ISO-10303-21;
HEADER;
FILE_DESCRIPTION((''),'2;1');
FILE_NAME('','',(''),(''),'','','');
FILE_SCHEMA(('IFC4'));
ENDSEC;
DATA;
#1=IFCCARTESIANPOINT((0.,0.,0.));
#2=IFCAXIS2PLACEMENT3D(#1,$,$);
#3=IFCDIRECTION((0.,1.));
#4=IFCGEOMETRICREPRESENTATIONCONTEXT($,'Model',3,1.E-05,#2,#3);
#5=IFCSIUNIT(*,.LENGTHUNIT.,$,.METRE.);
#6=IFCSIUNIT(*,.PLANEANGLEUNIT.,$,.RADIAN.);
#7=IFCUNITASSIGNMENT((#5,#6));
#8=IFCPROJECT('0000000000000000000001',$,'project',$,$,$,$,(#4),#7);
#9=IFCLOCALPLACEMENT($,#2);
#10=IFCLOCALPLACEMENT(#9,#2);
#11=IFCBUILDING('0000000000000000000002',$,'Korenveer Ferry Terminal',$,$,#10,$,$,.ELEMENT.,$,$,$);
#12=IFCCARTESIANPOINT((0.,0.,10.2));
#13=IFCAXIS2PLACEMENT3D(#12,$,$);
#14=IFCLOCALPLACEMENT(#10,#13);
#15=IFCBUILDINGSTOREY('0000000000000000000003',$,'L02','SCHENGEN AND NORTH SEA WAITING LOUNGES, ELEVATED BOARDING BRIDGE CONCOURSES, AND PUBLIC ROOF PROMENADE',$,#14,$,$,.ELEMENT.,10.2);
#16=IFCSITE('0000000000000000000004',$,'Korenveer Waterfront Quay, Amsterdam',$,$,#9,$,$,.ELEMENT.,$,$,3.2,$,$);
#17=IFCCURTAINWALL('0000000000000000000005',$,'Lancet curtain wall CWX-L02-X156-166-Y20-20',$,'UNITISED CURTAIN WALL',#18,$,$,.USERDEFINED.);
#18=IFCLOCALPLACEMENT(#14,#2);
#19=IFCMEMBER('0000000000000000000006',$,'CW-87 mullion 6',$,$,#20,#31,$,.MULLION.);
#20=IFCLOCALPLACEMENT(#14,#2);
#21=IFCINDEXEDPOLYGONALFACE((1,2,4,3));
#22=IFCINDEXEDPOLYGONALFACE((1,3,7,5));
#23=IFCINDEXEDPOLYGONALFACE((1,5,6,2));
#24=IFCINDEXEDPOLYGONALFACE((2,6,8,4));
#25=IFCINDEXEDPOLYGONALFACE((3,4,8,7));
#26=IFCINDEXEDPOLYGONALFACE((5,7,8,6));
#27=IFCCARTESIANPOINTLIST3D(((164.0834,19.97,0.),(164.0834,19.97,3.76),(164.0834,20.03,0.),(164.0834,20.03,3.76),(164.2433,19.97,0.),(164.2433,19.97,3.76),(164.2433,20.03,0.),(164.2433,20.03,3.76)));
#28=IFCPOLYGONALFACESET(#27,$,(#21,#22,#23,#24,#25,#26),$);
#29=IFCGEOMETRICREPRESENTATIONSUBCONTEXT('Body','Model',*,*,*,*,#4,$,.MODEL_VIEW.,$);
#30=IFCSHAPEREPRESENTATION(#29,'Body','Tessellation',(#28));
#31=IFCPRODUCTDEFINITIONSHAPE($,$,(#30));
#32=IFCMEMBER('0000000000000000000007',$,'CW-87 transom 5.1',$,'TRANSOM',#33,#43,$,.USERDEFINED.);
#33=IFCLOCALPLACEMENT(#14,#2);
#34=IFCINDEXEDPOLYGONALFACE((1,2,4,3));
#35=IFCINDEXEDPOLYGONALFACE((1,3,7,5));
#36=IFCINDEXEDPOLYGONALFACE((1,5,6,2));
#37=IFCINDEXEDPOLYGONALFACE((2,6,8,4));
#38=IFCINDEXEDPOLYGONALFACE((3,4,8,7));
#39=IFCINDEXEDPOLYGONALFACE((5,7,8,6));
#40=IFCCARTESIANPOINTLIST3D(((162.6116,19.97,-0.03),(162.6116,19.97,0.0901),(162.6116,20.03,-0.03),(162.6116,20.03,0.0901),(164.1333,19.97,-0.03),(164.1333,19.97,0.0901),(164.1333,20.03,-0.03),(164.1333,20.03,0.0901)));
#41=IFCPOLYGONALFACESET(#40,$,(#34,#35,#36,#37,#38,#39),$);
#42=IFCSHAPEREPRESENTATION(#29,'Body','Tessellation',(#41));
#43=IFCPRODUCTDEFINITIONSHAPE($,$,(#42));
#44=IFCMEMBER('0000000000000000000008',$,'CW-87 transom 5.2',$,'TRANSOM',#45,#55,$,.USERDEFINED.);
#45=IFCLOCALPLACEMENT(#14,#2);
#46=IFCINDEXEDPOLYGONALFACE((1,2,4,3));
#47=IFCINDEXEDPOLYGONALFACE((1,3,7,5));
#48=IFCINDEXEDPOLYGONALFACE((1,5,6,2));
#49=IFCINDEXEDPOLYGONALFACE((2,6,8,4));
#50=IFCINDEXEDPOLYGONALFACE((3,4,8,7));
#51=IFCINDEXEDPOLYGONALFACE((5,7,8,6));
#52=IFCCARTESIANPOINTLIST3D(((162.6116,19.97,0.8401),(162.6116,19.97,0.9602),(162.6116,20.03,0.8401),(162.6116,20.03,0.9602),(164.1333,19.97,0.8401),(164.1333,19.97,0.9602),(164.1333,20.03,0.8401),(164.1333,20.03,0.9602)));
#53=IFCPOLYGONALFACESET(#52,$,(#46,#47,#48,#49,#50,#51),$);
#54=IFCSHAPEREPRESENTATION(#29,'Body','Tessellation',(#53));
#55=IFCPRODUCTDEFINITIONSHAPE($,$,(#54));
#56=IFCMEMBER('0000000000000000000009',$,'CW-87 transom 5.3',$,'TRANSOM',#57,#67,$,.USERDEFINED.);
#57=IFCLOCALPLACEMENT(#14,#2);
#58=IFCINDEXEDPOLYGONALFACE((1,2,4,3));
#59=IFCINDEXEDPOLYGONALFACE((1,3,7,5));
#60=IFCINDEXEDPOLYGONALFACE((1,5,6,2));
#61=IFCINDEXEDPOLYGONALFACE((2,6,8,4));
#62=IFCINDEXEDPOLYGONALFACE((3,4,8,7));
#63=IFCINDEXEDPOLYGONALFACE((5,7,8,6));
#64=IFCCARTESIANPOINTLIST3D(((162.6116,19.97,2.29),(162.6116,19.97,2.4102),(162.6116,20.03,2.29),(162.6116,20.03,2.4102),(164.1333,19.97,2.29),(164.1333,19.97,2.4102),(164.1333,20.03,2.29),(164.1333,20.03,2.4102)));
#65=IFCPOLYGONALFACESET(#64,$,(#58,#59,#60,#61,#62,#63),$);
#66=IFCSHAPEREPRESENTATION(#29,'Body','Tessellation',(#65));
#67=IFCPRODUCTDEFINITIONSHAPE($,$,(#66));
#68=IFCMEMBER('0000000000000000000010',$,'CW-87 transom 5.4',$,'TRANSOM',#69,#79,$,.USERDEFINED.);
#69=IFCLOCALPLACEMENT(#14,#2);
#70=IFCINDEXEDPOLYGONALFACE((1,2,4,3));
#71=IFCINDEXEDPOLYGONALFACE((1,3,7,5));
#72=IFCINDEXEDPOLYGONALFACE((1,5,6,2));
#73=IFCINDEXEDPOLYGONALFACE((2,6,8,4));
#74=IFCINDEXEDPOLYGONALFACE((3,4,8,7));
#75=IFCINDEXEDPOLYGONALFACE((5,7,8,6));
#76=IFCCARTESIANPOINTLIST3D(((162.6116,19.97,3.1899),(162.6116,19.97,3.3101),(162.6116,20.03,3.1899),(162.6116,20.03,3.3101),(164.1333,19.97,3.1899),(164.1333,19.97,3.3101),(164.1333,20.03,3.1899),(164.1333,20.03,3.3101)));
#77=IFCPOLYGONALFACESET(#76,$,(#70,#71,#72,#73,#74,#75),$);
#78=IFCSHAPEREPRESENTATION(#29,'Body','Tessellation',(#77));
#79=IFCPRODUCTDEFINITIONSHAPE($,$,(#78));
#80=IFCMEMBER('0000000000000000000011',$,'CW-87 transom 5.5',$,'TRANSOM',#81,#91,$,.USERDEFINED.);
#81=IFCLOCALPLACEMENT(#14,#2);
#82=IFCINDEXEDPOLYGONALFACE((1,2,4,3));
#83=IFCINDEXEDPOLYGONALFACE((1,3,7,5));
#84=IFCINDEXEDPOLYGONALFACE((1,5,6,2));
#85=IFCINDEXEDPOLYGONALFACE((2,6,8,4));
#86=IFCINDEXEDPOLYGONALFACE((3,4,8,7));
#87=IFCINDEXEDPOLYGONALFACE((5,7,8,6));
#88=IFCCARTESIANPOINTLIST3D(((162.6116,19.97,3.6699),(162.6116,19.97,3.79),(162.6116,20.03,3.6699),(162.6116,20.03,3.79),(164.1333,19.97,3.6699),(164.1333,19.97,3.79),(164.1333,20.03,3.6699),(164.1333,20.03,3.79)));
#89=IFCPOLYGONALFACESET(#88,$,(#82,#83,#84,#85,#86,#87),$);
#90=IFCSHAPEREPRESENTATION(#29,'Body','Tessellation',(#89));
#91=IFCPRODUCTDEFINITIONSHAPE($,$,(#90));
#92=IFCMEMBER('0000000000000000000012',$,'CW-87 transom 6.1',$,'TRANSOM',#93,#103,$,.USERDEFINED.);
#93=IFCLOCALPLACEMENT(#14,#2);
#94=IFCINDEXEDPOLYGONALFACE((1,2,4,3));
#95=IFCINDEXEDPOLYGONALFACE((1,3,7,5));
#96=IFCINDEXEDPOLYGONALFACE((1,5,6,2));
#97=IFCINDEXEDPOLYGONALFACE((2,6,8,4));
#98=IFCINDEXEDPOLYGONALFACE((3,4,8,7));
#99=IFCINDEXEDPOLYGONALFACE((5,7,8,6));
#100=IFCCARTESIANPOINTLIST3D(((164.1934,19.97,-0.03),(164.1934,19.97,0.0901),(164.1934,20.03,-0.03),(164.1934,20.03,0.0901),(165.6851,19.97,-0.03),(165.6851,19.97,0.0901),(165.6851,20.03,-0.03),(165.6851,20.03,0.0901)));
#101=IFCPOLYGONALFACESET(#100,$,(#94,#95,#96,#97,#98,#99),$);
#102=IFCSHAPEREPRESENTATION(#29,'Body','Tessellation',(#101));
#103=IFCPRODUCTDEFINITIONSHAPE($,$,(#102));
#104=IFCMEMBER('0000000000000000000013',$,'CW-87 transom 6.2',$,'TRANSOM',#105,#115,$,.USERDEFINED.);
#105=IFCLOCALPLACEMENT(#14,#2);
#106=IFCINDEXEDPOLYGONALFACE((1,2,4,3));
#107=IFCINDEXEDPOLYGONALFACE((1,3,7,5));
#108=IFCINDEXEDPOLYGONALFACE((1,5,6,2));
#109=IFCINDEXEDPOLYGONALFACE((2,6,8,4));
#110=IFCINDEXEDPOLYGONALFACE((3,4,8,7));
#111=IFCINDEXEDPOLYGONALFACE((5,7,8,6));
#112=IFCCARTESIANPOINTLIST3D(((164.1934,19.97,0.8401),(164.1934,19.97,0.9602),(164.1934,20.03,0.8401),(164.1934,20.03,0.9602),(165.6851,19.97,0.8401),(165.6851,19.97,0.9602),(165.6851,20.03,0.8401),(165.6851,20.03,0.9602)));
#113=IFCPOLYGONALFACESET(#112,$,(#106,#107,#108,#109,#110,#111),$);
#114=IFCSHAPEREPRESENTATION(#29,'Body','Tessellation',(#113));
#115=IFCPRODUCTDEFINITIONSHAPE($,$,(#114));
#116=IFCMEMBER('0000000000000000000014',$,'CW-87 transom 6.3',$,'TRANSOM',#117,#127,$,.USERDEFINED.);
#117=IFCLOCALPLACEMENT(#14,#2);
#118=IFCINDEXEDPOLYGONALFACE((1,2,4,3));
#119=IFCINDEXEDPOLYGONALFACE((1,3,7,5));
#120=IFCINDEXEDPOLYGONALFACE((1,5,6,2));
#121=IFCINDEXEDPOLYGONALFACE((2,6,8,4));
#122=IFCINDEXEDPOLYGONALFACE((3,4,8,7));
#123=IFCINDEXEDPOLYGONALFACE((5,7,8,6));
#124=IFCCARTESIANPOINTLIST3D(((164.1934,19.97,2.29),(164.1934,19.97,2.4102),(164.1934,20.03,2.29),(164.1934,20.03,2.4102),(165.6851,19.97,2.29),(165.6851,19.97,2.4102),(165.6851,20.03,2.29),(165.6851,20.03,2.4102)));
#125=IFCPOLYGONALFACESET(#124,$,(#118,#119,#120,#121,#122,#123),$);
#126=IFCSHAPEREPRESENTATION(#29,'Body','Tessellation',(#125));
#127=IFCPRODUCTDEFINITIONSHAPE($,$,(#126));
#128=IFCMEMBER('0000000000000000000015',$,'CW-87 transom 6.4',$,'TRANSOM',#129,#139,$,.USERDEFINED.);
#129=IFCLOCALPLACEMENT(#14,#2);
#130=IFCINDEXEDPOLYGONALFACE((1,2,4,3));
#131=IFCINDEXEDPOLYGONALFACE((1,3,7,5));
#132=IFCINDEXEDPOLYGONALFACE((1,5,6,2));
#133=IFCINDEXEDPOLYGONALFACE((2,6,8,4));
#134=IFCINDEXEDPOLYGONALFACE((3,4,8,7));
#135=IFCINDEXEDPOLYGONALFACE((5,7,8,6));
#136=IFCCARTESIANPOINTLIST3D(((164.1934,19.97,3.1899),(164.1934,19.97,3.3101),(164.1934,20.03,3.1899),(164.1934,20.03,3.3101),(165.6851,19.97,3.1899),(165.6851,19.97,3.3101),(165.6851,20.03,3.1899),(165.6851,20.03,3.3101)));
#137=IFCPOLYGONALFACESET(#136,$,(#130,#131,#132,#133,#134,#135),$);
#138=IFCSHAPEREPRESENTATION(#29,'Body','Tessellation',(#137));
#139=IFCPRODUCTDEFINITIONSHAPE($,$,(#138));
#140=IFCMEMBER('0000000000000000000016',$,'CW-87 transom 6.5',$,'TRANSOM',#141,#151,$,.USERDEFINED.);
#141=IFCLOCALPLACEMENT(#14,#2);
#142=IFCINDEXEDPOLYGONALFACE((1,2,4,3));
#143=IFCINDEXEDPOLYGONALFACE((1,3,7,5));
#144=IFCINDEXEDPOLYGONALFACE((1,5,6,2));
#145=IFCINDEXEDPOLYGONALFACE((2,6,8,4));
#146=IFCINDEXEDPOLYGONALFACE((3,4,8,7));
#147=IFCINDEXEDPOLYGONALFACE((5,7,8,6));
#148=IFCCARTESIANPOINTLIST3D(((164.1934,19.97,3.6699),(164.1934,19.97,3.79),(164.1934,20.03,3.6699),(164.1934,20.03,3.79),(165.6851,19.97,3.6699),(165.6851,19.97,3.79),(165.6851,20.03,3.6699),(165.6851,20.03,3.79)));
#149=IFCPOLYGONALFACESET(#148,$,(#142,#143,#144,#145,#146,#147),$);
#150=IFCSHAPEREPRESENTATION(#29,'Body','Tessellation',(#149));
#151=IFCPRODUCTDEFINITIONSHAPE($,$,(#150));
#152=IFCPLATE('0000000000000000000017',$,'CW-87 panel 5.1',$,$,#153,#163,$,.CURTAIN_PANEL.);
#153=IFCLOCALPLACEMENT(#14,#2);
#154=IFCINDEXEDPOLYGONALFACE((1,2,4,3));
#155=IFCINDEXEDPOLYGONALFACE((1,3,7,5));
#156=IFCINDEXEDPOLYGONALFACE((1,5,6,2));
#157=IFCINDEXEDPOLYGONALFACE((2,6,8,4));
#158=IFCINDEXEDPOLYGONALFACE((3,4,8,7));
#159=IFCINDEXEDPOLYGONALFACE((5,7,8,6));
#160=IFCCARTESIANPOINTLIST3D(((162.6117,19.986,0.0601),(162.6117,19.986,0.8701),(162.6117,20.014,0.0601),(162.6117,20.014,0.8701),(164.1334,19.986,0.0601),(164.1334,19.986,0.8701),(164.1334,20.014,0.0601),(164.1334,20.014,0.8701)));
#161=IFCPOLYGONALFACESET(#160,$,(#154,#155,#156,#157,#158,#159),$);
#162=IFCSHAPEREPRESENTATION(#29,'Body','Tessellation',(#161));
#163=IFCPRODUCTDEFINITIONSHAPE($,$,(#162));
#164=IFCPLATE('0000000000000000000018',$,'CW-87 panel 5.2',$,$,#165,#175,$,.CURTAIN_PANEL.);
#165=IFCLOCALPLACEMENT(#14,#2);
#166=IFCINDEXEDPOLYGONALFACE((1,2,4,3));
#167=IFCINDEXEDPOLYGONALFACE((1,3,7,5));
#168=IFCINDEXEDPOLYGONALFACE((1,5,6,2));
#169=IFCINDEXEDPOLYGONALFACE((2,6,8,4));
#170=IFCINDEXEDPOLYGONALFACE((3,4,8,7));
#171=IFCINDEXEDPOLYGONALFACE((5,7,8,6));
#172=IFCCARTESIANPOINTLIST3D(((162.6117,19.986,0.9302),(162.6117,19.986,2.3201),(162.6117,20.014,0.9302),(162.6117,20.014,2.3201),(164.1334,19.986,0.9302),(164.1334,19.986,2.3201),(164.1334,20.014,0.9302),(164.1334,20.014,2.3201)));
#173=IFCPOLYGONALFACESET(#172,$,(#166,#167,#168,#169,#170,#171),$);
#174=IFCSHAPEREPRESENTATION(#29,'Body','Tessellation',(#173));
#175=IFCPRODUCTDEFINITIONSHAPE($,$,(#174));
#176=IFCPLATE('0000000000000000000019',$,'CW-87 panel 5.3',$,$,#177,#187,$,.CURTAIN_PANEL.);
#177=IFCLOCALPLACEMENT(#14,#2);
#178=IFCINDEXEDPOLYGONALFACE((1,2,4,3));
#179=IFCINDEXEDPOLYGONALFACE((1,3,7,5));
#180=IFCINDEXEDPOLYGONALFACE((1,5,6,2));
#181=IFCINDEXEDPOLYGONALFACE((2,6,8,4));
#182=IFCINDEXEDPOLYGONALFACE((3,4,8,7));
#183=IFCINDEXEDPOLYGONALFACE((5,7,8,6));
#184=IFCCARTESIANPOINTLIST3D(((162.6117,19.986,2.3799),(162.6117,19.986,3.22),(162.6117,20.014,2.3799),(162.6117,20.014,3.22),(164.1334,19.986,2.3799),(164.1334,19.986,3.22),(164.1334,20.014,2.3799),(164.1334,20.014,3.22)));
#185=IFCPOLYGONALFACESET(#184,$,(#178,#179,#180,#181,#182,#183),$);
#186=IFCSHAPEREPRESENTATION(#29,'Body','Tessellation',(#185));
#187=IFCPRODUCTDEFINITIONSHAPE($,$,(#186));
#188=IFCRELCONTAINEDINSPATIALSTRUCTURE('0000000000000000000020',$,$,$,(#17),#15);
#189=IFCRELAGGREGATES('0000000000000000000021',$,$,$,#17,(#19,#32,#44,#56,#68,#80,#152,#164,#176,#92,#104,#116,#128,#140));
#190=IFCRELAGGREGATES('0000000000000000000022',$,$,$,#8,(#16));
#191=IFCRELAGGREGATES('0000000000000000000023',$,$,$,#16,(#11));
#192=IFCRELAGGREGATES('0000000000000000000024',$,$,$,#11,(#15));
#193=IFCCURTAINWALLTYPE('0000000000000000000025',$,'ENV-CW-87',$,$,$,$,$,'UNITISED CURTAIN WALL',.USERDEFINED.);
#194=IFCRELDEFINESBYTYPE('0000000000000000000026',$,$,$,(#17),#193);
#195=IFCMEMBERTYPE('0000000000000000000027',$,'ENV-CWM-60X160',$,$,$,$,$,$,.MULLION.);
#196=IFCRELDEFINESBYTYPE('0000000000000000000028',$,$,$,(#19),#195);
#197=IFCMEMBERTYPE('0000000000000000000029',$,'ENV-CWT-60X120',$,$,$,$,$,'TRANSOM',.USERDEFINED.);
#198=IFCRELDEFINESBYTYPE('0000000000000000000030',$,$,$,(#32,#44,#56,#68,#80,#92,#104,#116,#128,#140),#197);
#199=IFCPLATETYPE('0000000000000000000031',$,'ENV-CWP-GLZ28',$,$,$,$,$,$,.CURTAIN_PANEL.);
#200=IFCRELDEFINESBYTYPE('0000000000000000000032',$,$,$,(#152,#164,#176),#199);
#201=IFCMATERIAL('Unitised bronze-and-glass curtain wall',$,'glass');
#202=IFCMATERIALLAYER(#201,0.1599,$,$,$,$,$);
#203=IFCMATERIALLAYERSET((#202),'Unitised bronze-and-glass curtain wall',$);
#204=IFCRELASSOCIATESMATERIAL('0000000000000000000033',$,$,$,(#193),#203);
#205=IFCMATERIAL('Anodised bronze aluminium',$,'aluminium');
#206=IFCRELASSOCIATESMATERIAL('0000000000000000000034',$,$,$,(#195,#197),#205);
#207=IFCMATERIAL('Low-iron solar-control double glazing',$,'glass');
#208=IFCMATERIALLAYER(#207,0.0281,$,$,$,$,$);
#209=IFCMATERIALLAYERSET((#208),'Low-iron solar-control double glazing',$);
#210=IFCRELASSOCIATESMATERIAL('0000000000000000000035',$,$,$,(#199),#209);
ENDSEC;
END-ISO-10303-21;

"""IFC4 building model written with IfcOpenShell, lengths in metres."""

from ifc_helpers import new_model, si_unit, direction, frame, origin, origin_2d, place, context, subcontext, project, spatial, rectangle, extrude, material, layer, layer_set, material_profile, profile_set, type_object, element, aggregate, save


model = new_model("IFC4")

# Units and contexts
model_context = context("Model", 3, precision=1e-05, world=origin(), true_north=direction((0.0, 1.0)))
body_context = subcontext(model_context, "Body", "Model", "MODEL_VIEW")
ifc_project = project(units=[si_unit("LENGTHUNIT", "METRE"), si_unit("PLANEANGLEUNIT", "RADIAN")], contexts=[model_context])

# Site, building, storey
site_placement = place(None, origin())
site = spatial("IfcSite", under=ifc_project, at=site_placement, Name="Korenveer Waterfront Quay, Amsterdam", CompositionType="ELEMENT", RefElevation=3.2)
building_placement = place(site_placement, origin())
building = spatial("IfcBuilding", under=site, at=building_placement, Name="Korenveer Ferry Terminal", CompositionType="ELEMENT")
storey_placement = place(building_placement, frame((0.0, 0.0, 10.2)))
storey = spatial("IfcBuildingStorey", under=building, at=storey_placement, Name="L02", Description="SCHENGEN AND NORTH SEA WAITING LOUNGES, ELEVATED BOARDING BRIDGE CONCOURSES, AND PUBLIC ROOF PROMENADE", CompositionType="ELEMENT", Elevation=10.2)

# Curtain wall, members, plates
ifc_material_1 = material(Name="Unitised bronze-and-glass curtain wall", Category="glass")
ifc_layer_1 = layer(ifc_material_1, 0.1599)
ifc_layer_set_1 = layer_set([ifc_layer_1], Name="Unitised bronze-and-glass curtain wall")
curtain_wall_type = type_object("IfcCurtainWallType", Name="ENV-CW-87", ElementType="UNITISED CURTAIN WALL", PredefinedType="USERDEFINED", material=ifc_layer_set_1)
curtain_wall_placement = place(storey_placement, frame((156.2549, 20.0, 0.0)))
curtain_wall = element("IfcCurtainWall", 1, at=curtain_wall_placement, inside=storey, type_object=curtain_wall_type, Name="Lancet curtain wall CWX-L02-X156-166-Y20-20", ObjectType="UNITISED CURTAIN WALL", PredefinedType="USERDEFINED")
ifc_material_2 = material(Name="Anodised bronze aluminium", Category="aluminium")
ifc_material_profile_1 = material_profile(ifc_material_2, rectangle(XDim=0.0601, YDim=0.1599, at=origin_2d()), Name="ALU 60x160")
ifc_profile_set_1 = profile_set([ifc_material_profile_1], Name="Anodised bronze aluminium")
member_type_1 = type_object("IfcMemberType", Name="ENV-CWM-60X160", PredefinedType="MULLION", material=ifc_profile_set_1)
member_1_placement = place(storey_placement, frame((164.1633, 20.0, 0.0), z_axis=(0.0, 0.0, 1.0), x_axis=(0.0, 1.0, 0.0)))
member_1 = element("IfcMember", 2, at=member_1_placement, type_object=member_type_1, Name="CW-87 mullion 6", PredefinedType="MULLION", context=body_context, shape_type="SweptSolid", body=[
    extrude(rectangle(XDim=0.0601, YDim=0.1599, at=origin_2d()), origin(), (0.0, 0.0, 1.0), 3.76),
])
ifc_material_profile_2 = material_profile(ifc_material_2, rectangle(XDim=0.0601, YDim=0.1201, at=origin_2d()), Name="ALU 60x120")
ifc_profile_set_2 = profile_set([ifc_material_profile_2], Name="Anodised bronze aluminium")
member_type_2 = type_object("IfcMemberType", Name="ENV-CWT-60X120", ElementType="TRANSOM", PredefinedType="USERDEFINED", material=ifc_profile_set_2)
member_2_placement = place(storey_placement, frame((162.6116, 20.0, 0.03), z_axis=(1.0, 0.0, 0.0), x_axis=(0.0, 1.0, 0.0)))
member_2 = element("IfcMember", 3, at=member_2_placement, type_object=member_type_2, Name="CW-87 transom 5.1", ObjectType="TRANSOM", PredefinedType="USERDEFINED", context=body_context, shape_type="SweptSolid", body=[
    extrude(rectangle(XDim=0.0601, YDim=0.1201, at=origin_2d()), origin(), (0.0, 0.0, 1.0), 1.5217),
])
member_3_placement = place(storey_placement, frame((162.6116, 20.0, 0.9001), z_axis=(1.0, 0.0, 0.0), x_axis=(0.0, 1.0, 0.0)))
member_3 = element("IfcMember", 4, at=member_3_placement, type_object=member_type_2, Name="CW-87 transom 5.2", ObjectType="TRANSOM", PredefinedType="USERDEFINED", context=body_context, shape_type="SweptSolid", body=[
    extrude(rectangle(XDim=0.0601, YDim=0.1201, at=origin_2d()), origin(), (0.0, 0.0, 1.0), 1.5217),
])
member_4_placement = place(storey_placement, frame((162.6116, 20.0, 2.3501), z_axis=(1.0, 0.0, 0.0), x_axis=(0.0, 1.0, 0.0)))
member_4 = element("IfcMember", 5, at=member_4_placement, type_object=member_type_2, Name="CW-87 transom 5.3", ObjectType="TRANSOM", PredefinedType="USERDEFINED", context=body_context, shape_type="SweptSolid", body=[
    extrude(rectangle(XDim=0.0601, YDim=0.1201, at=origin_2d()), origin(), (0.0, 0.0, 1.0), 1.5217),
])
member_5_placement = place(storey_placement, frame((162.6116, 20.0, 3.25), z_axis=(1.0, 0.0, 0.0), x_axis=(0.0, 1.0, 0.0)))
member_5 = element("IfcMember", 6, at=member_5_placement, type_object=member_type_2, Name="CW-87 transom 5.4", ObjectType="TRANSOM", PredefinedType="USERDEFINED", context=body_context, shape_type="SweptSolid", body=[
    extrude(rectangle(XDim=0.0601, YDim=0.1201, at=origin_2d()), origin(), (0.0, 0.0, 1.0), 1.5217),
])
member_6_placement = place(storey_placement, frame((162.6116, 20.0, 3.73), z_axis=(1.0, 0.0, 0.0), x_axis=(0.0, 1.0, 0.0)))
member_6 = element("IfcMember", 7, at=member_6_placement, type_object=member_type_2, Name="CW-87 transom 5.5", ObjectType="TRANSOM", PredefinedType="USERDEFINED", context=body_context, shape_type="SweptSolid", body=[
    extrude(rectangle(XDim=0.0601, YDim=0.1201, at=origin_2d()), origin(), (0.0, 0.0, 1.0), 1.5217),
])
member_7_placement = place(storey_placement, frame((164.1934, 20.0, 0.03), z_axis=(1.0, 0.0, 0.0), x_axis=(0.0, 1.0, 0.0)))
member_7 = element("IfcMember", 8, at=member_7_placement, type_object=member_type_2, Name="CW-87 transom 6.1", ObjectType="TRANSOM", PredefinedType="USERDEFINED", context=body_context, shape_type="SweptSolid", body=[
    extrude(rectangle(XDim=0.0601, YDim=0.1201, at=origin_2d()), origin(), (0.0, 0.0, 1.0), 1.4917),
])
member_8_placement = place(storey_placement, frame((164.1934, 20.0, 0.9001), z_axis=(1.0, 0.0, 0.0), x_axis=(0.0, 1.0, 0.0)))
member_8 = element("IfcMember", 9, at=member_8_placement, type_object=member_type_2, Name="CW-87 transom 6.2", ObjectType="TRANSOM", PredefinedType="USERDEFINED", context=body_context, shape_type="SweptSolid", body=[
    extrude(rectangle(XDim=0.0601, YDim=0.1201, at=origin_2d()), origin(), (0.0, 0.0, 1.0), 1.4917),
])
member_9_placement = place(storey_placement, frame((164.1934, 20.0, 2.3501), z_axis=(1.0, 0.0, 0.0), x_axis=(0.0, 1.0, 0.0)))
member_9 = element("IfcMember", 10, at=member_9_placement, type_object=member_type_2, Name="CW-87 transom 6.3", ObjectType="TRANSOM", PredefinedType="USERDEFINED", context=body_context, shape_type="SweptSolid", body=[
    extrude(rectangle(XDim=0.0601, YDim=0.1201, at=origin_2d()), origin(), (0.0, 0.0, 1.0), 1.4917),
])
member_10_placement = place(storey_placement, frame((164.1934, 20.0, 3.25), z_axis=(1.0, 0.0, 0.0), x_axis=(0.0, 1.0, 0.0)))
member_10 = element("IfcMember", 11, at=member_10_placement, type_object=member_type_2, Name="CW-87 transom 6.4", ObjectType="TRANSOM", PredefinedType="USERDEFINED", context=body_context, shape_type="SweptSolid", body=[
    extrude(rectangle(XDim=0.0601, YDim=0.1201, at=origin_2d()), origin(), (0.0, 0.0, 1.0), 1.4917),
])
member_11_placement = place(storey_placement, frame((164.1934, 20.0, 3.73), z_axis=(1.0, 0.0, 0.0), x_axis=(0.0, 1.0, 0.0)))
member_11 = element("IfcMember", 12, at=member_11_placement, type_object=member_type_2, Name="CW-87 transom 6.5", ObjectType="TRANSOM", PredefinedType="USERDEFINED", context=body_context, shape_type="SweptSolid", body=[
    extrude(rectangle(XDim=0.0601, YDim=0.1201, at=origin_2d()), origin(), (0.0, 0.0, 1.0), 1.4917),
])
ifc_material_3 = material(Name="Low-iron solar-control double glazing", Category="glass")
ifc_layer_2 = layer(ifc_material_3, 0.0281)
ifc_layer_set_2 = layer_set([ifc_layer_2], Name="Low-iron solar-control double glazing")
plate_type = type_object("IfcPlateType", Name="ENV-CWP-GLZ28", PredefinedType="CURTAIN_PANEL", material=ifc_layer_set_2)
plate_1_placement = place(storey_placement, frame((163.3726, 20.0, 0.0601), z_axis=(0.0, 0.0, 1.0), x_axis=(1.0, 0.0, 0.0)))
plate_1 = element("IfcPlate", 13, at=plate_1_placement, type_object=plate_type, Name="CW-87 panel 5.1", PredefinedType="CURTAIN_PANEL", context=body_context, shape_type="SweptSolid", body=[
    extrude(rectangle(XDim=1.5217, YDim=0.0281, at=origin_2d()), origin(), (0.0, 0.0, 1.0), 0.8101),
])
plate_2_placement = place(storey_placement, frame((163.3726, 20.0, 0.9302), z_axis=(0.0, 0.0, 1.0), x_axis=(1.0, 0.0, 0.0)))
plate_2 = element("IfcPlate", 14, at=plate_2_placement, type_object=plate_type, Name="CW-87 panel 5.2", PredefinedType="CURTAIN_PANEL", context=body_context, shape_type="SweptSolid", body=[
    extrude(rectangle(XDim=1.5217, YDim=0.0281, at=origin_2d()), origin(), (0.0, 0.0, 1.0), 1.3899),
])
plate_3_placement = place(storey_placement, frame((163.3726, 20.0, 2.3799), z_axis=(0.0, 0.0, 1.0), x_axis=(1.0, 0.0, 0.0)))
plate_3 = element("IfcPlate", 15, at=plate_3_placement, type_object=plate_type, Name="CW-87 panel 5.3", PredefinedType="CURTAIN_PANEL", context=body_context, shape_type="SweptSolid", body=[
    extrude(rectangle(XDim=1.5217, YDim=0.0281, at=origin_2d()), origin(), (0.0, 0.0, 1.0), 0.8401),
])
aggregate(curtain_wall, [member_1, member_2, member_3, member_4, member_5, member_6, plate_1, plate_2, plate_3, member_7, member_8, member_9, member_10, member_11])

save(model, "model.ifc")
